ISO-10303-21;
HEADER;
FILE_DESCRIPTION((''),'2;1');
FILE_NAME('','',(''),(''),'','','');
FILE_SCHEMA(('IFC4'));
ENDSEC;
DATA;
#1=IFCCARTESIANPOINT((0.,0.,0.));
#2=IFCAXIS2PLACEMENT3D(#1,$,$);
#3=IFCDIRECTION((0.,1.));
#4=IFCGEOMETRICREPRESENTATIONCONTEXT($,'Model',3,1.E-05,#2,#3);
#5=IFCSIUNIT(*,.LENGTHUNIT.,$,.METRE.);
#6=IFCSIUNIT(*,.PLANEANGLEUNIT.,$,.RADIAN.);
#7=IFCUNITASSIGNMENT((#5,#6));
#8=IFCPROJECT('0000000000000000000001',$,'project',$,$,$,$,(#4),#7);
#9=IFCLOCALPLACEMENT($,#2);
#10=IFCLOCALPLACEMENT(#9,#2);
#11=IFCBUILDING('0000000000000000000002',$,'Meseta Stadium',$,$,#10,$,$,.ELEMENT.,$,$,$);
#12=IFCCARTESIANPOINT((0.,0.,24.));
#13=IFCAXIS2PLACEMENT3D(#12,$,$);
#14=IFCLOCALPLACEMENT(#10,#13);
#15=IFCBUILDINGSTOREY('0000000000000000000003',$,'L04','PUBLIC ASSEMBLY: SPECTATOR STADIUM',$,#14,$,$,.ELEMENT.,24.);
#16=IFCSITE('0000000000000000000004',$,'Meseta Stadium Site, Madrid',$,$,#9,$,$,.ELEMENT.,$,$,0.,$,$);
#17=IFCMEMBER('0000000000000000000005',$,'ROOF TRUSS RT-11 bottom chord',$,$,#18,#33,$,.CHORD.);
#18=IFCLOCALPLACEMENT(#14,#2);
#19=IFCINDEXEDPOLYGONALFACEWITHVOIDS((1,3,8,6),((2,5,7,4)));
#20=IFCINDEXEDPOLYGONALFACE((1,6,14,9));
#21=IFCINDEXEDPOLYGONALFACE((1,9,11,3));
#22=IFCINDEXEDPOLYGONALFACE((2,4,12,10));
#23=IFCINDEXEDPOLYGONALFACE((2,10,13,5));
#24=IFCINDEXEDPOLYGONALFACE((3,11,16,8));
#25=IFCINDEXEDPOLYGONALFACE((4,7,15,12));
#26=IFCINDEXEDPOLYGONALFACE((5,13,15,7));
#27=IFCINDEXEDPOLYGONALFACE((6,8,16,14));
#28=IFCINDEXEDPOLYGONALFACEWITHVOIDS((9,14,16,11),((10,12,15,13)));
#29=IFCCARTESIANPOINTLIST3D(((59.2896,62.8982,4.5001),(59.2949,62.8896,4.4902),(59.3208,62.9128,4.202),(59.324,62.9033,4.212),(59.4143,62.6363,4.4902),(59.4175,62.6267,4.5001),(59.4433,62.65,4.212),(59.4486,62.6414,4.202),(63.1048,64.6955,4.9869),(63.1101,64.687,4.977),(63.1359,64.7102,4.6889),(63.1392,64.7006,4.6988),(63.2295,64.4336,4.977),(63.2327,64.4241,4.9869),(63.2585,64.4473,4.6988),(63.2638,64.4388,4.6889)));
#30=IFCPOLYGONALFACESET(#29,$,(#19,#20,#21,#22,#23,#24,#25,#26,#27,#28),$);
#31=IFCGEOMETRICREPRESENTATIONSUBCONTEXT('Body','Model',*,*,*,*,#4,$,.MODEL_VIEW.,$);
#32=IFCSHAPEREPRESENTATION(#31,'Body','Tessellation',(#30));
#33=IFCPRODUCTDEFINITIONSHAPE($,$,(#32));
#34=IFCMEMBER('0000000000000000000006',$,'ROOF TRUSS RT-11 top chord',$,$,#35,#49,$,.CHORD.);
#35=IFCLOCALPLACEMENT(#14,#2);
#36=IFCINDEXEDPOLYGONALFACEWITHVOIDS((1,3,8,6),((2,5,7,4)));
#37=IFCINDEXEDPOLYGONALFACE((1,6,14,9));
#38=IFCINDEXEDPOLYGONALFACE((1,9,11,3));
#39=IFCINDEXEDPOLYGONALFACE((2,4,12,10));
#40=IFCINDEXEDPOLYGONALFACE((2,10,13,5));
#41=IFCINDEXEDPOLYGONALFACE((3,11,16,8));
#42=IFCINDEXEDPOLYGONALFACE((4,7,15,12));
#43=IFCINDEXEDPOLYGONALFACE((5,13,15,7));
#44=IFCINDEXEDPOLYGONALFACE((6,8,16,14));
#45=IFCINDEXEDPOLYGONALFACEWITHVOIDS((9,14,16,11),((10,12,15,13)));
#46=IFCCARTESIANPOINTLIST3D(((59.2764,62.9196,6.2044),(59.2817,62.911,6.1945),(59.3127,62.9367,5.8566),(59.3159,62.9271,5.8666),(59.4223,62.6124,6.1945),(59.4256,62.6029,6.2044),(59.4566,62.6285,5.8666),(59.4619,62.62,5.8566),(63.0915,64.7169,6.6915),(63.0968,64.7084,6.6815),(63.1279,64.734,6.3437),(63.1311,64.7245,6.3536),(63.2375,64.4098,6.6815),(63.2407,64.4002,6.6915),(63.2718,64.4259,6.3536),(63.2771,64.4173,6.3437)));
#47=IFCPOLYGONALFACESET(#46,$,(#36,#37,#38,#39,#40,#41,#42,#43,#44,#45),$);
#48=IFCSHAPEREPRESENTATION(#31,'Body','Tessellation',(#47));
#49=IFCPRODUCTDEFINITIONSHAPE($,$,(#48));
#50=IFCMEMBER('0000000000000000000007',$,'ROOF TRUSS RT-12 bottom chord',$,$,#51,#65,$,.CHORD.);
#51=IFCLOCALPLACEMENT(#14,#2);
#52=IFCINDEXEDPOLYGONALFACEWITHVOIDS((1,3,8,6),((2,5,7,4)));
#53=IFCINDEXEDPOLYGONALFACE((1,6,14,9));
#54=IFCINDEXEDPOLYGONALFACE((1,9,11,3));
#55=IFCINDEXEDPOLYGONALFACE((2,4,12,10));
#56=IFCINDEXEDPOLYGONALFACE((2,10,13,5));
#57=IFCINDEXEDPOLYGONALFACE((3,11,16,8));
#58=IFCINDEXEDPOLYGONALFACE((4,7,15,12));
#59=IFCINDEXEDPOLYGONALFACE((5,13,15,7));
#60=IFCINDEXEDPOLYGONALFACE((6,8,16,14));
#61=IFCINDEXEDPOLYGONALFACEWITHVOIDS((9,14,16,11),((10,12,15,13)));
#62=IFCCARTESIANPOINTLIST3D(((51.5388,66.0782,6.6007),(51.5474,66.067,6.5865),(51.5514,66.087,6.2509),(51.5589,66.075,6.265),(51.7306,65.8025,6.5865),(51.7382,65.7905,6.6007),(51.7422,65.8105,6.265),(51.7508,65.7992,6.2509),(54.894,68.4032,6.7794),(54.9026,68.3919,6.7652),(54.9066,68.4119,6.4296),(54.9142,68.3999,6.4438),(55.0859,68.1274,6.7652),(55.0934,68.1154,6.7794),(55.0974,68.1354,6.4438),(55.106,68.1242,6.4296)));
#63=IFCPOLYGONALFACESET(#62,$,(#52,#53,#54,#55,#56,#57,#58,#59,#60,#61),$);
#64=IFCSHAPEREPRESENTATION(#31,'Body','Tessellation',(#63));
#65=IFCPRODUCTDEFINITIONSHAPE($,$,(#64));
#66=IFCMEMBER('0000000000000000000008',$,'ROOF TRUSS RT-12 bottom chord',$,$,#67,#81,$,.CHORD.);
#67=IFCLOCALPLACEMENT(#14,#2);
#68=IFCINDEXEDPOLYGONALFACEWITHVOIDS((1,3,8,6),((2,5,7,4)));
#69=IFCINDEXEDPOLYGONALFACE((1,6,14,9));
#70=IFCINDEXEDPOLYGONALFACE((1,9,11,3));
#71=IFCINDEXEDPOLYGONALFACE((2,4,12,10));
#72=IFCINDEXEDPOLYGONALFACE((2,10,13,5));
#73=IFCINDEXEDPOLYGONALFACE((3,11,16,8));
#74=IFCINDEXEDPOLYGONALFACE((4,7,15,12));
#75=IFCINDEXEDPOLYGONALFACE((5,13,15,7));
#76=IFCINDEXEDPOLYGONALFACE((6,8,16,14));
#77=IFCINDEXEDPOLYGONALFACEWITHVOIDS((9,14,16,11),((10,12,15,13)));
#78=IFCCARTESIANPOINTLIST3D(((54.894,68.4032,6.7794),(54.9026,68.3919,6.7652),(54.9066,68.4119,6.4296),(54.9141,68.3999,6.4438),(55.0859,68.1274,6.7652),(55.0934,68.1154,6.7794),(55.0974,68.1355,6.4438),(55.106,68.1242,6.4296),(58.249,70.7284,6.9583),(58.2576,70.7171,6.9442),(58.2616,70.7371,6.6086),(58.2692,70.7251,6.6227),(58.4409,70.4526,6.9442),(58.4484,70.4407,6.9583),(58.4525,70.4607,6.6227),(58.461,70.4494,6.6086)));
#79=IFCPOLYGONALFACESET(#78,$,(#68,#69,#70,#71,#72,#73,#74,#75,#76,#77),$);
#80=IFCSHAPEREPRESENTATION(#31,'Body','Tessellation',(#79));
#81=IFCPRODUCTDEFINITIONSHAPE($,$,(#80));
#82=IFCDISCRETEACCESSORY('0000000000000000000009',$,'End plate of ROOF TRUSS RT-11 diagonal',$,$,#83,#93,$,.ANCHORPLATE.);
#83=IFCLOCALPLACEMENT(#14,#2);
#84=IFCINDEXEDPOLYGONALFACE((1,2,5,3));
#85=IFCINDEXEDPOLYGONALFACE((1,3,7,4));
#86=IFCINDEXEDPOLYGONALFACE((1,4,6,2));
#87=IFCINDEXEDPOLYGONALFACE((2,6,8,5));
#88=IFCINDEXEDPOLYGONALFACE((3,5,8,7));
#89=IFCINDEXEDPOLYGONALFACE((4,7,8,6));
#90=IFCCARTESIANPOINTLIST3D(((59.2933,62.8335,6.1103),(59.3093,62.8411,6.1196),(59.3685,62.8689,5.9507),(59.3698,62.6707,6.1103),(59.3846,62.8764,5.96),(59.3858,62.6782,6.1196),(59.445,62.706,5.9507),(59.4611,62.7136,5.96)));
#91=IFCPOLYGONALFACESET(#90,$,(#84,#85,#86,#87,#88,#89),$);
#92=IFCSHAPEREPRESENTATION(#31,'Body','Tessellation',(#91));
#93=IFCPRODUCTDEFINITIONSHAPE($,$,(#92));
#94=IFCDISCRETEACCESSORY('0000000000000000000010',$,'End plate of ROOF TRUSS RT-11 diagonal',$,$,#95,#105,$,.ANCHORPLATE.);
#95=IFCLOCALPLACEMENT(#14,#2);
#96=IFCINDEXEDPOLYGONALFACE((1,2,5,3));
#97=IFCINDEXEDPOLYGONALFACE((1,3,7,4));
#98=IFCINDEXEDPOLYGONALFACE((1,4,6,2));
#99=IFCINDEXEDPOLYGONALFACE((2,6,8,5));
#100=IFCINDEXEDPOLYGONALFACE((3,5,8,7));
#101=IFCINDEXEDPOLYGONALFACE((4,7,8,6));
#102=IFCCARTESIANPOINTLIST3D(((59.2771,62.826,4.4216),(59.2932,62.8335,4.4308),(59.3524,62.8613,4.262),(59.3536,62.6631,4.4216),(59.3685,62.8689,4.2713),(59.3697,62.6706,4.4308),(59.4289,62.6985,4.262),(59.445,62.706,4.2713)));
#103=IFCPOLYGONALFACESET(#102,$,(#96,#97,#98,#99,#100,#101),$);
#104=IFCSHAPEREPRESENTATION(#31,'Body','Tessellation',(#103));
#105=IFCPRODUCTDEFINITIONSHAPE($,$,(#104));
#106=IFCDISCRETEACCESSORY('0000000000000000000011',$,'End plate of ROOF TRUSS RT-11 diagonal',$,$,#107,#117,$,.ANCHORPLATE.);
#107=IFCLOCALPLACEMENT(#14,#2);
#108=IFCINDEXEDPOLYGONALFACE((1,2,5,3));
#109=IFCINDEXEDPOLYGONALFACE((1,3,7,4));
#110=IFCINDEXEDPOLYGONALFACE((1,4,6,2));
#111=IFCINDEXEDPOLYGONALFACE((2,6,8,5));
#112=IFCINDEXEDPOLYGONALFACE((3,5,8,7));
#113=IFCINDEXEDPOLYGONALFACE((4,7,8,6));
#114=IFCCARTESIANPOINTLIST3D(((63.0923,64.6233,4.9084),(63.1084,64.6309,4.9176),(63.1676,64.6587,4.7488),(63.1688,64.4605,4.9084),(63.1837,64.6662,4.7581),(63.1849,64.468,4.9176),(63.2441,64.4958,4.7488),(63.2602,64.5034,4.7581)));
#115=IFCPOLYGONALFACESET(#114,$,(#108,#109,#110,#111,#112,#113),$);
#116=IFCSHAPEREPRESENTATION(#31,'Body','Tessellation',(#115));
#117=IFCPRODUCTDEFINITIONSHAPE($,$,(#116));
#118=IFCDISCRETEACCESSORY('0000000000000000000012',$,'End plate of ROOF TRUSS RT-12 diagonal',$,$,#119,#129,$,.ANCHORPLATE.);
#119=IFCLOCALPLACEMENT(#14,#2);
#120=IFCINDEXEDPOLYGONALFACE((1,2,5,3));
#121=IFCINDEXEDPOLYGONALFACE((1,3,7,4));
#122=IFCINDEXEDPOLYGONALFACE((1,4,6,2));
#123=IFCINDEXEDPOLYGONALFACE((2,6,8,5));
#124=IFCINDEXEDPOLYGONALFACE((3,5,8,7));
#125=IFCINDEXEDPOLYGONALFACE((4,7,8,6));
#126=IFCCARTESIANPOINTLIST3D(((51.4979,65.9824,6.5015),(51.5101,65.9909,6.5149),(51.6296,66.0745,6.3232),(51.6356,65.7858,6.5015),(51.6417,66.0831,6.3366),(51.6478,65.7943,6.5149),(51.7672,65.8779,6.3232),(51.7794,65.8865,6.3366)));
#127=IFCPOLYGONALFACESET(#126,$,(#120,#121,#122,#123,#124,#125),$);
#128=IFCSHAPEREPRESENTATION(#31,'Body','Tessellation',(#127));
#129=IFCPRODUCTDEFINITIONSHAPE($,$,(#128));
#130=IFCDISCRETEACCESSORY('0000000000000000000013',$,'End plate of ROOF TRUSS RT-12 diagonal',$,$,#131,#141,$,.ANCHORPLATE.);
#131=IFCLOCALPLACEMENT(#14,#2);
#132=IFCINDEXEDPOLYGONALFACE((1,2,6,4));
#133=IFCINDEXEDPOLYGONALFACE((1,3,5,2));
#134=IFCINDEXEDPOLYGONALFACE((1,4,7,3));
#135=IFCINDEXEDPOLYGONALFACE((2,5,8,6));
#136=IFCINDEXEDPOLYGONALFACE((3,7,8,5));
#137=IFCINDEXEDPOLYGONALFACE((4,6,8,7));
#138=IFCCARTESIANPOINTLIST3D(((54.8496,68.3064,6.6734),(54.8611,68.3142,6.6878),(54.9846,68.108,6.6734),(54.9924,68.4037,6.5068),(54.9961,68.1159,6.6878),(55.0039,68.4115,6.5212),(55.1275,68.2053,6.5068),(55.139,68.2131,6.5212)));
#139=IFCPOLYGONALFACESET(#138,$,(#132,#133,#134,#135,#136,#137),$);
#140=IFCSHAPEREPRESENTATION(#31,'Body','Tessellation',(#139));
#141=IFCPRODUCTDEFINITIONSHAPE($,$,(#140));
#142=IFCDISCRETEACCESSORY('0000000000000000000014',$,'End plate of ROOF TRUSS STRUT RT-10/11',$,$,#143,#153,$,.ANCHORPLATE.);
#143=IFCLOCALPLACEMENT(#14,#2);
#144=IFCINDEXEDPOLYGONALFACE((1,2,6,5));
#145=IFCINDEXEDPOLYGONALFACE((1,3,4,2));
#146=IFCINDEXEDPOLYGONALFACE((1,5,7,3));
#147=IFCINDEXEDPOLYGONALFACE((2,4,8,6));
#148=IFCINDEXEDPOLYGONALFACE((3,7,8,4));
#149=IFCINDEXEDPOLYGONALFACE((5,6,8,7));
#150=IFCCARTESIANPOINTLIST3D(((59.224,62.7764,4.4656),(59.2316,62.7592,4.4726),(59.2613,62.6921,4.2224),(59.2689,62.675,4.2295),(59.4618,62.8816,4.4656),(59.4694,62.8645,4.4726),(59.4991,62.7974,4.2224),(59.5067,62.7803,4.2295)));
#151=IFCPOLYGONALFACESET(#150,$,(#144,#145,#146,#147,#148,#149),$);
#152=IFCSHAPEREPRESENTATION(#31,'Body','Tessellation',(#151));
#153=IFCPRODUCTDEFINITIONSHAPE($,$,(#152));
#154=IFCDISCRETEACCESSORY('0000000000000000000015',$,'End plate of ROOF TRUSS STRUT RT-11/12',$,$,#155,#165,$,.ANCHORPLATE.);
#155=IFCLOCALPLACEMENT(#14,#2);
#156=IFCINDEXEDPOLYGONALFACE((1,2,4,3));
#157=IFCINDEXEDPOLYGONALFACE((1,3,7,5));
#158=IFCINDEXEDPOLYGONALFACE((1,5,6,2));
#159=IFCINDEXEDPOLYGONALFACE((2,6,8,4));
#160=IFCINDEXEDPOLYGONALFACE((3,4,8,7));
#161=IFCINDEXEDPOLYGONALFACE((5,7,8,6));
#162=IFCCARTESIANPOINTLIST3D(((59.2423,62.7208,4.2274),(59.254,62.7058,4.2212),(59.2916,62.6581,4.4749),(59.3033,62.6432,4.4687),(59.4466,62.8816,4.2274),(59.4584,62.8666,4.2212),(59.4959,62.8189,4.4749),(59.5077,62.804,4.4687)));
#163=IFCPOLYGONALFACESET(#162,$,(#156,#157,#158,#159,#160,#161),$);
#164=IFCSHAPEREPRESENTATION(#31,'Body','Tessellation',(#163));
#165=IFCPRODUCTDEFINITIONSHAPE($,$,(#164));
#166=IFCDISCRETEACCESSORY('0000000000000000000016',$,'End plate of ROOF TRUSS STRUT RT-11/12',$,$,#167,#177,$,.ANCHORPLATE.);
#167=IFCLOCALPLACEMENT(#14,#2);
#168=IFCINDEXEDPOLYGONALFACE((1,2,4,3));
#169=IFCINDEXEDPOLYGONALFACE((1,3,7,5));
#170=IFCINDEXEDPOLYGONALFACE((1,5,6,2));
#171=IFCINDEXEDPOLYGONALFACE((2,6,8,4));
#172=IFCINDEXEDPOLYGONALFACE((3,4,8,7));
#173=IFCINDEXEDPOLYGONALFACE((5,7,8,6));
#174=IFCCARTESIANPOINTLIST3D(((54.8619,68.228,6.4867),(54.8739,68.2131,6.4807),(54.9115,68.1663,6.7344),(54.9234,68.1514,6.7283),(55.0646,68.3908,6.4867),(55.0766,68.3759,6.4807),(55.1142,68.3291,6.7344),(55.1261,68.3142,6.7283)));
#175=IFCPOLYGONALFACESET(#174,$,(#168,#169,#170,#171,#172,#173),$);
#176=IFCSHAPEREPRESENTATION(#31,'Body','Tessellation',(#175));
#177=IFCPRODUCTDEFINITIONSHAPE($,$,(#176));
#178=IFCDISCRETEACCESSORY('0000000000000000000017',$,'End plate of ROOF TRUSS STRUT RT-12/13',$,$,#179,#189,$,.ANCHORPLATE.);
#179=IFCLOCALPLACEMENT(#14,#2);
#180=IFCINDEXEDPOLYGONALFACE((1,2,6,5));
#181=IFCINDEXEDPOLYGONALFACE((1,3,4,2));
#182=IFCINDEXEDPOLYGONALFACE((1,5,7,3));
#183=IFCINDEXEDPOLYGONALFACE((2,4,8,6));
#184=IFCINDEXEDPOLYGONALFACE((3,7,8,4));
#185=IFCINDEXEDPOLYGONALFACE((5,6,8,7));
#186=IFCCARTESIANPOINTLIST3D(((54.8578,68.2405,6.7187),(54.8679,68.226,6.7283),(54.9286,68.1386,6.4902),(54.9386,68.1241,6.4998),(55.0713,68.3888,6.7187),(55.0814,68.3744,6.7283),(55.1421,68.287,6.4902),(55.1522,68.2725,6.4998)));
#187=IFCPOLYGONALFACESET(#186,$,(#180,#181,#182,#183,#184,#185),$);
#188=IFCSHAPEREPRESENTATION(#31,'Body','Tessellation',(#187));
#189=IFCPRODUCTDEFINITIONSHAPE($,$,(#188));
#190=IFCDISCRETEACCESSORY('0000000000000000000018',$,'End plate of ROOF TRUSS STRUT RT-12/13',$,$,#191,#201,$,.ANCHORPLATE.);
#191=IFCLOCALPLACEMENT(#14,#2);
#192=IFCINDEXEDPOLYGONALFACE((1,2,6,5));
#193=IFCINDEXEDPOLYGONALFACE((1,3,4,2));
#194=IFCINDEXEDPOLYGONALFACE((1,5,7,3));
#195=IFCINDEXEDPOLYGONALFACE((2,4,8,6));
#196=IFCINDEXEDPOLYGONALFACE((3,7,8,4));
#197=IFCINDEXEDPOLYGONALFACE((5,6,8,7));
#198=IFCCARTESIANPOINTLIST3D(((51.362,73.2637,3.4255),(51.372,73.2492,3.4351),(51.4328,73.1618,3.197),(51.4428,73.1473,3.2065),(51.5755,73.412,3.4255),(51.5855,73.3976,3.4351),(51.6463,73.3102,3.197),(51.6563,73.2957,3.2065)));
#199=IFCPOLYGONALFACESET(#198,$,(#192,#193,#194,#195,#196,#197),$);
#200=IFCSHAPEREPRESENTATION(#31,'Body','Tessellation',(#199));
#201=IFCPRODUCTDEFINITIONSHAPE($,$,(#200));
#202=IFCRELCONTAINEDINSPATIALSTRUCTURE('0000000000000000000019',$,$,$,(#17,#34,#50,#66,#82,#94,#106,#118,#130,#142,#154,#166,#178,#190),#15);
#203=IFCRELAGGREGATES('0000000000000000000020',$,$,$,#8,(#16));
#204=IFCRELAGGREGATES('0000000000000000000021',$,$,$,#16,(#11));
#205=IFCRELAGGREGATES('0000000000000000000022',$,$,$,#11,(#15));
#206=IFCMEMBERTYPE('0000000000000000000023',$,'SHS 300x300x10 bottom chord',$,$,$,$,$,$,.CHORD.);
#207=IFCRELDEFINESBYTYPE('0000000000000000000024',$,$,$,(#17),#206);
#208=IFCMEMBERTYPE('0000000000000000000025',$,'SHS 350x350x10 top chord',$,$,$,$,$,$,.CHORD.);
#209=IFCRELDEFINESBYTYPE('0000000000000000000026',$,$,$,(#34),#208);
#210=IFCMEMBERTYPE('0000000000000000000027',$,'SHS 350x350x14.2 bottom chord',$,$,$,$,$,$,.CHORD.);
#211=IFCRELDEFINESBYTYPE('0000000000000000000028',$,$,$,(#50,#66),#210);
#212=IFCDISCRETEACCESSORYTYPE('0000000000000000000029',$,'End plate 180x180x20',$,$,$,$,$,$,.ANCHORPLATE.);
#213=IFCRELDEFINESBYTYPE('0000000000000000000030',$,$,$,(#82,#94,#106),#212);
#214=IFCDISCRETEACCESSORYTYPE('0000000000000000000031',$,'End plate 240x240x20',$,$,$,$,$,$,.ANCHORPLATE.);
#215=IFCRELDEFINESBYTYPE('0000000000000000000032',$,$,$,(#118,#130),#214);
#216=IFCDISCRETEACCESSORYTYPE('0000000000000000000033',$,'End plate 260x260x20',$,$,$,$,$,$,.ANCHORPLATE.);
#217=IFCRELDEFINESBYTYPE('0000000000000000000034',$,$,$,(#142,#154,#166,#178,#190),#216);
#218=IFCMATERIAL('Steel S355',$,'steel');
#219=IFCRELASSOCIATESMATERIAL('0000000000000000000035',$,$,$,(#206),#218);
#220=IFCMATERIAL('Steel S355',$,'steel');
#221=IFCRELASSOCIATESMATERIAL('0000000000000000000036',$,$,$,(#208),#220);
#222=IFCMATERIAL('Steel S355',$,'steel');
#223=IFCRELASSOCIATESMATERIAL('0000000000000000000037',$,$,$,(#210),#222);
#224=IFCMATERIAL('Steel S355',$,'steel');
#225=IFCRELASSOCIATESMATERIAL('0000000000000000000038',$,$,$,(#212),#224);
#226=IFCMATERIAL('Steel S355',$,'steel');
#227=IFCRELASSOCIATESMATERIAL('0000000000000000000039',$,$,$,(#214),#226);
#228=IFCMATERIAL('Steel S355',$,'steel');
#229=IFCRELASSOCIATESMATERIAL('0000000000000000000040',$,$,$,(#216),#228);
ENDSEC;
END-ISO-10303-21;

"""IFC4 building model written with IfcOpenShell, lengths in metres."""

from ifc_helpers import new_model, si_unit, direction, frame, origin, origin_2d, place, context, subcontext, project, spatial, rectangle, hollow_rectangle, extrude, material, material_profile, profile_set, type_object, element, save


model = new_model("IFC4")

# Units and contexts
model_context = context("Model", 3, precision=1e-05, world=origin(), true_north=direction((0.0, 1.0)))
body_context = subcontext(model_context, "Body", "Model", "MODEL_VIEW")
ifc_project = project(units=[si_unit("LENGTHUNIT", "METRE"), si_unit("PLANEANGLEUNIT", "RADIAN")], contexts=[model_context])

# Site, building, storey
site_placement = place(None, origin())
site = spatial("IfcSite", under=ifc_project, at=site_placement, Name="Meseta Stadium Site, Madrid", CompositionType="ELEMENT", RefElevation=0.0)
building_placement = place(site_placement, origin())
building = spatial("IfcBuilding", under=site, at=building_placement, Name="Meseta Stadium", CompositionType="ELEMENT")
storey_placement = place(building_placement, frame((0.0, 0.0, 24.0)))
storey = spatial("IfcBuildingStorey", under=building, at=storey_placement, Name="L04", Description="PUBLIC ASSEMBLY: SPECTATOR STADIUM", CompositionType="ELEMENT", Elevation=24.0)

# Members
ifc_material_1 = material(Name="Steel S355", Category="steel")
ifc_material_profile_1 = material_profile(ifc_material_1, hollow_rectangle(XDim=0.3, YDim=0.3, WallThickness=0.01, at=origin_2d()), Name="SHS 300x300x10")
ifc_profile_set_1 = profile_set([ifc_material_profile_1], Name="Steel S355")
member_type_1 = type_object("IfcMemberType", Name="SHS 300x300x10 bottom chord", PredefinedType="CHORD", material=ifc_profile_set_1)
member_1_placement = place(storey_placement, frame((59.3691, 62.7698, 4.3511), z_axis=(0.89867, 0.42337, 0.11467), x_axis=(-0.426182, 0.904638, 0.0)))
element("IfcMember", 1, at=member_1_placement, inside=storey, type_object=member_type_1, Name="ROOF TRUSS RT-11 bottom chord", PredefinedType="CHORD", context=body_context, shape_type="SweptSolid", body=[
    extrude(hollow_rectangle(XDim=0.3, YDim=0.3, WallThickness=0.01, at=origin_2d()), origin(), (0.0, 0.0, 1.0), 4.2454),
])
ifc_material_2 = material(Name="Steel S355", Category="steel")
ifc_material_profile_2 = material_profile(ifc_material_2, hollow_rectangle(XDim=0.3501, YDim=0.3501, WallThickness=0.01, at=origin_2d()), Name="SHS 350x350x10")
ifc_profile_set_2 = profile_set([ifc_material_profile_2], Name="Steel S355")
member_type_2 = type_object("IfcMemberType", Name="SHS 350x350x10 top chord", PredefinedType="CHORD", material=ifc_profile_set_2)
member_2_placement = place(storey_placement, frame((59.3691, 62.7698, 6.0305), z_axis=(0.898664, 0.423368, 0.114727), x_axis=(-0.426182, 0.904638, 0.0)))
element("IfcMember", 2, at=member_2_placement, inside=storey, type_object=member_type_2, Name="ROOF TRUSS RT-11 top chord", PredefinedType="CHORD", context=body_context, shape_type="SweptSolid", body=[
    extrude(hollow_rectangle(XDim=0.3501, YDim=0.3501, WallThickness=0.01, at=origin_2d()), origin(), (0.0, 0.0, 1.0), 4.2454),
])
ifc_material_3 = material(Name="Steel S355", Category="steel")
ifc_material_profile_3 = material_profile(ifc_material_3, hollow_rectangle(XDim=0.3501, YDim=0.3501, WallThickness=0.0142, at=origin_2d()), Name="SHS 350x350x14.2")
ifc_profile_set_3 = profile_set([ifc_material_profile_3], Name="Steel S355")
member_type_3 = type_object("IfcMemberType", Name="SHS 350x350x14.2 bottom chord", PredefinedType="CHORD", material=ifc_profile_set_3)
for number, where, z_axis, x_axis, name in (
    (3, (51.6448, 65.9387, 6.4258), (0.821164, 0.569013, 0.043738), (-0.569558, 0.821951, 0.0), "ROOF TRUSS RT-12 bottom chord"),
    (4, (55.0, 68.2637, 6.6045), (0.821115, 0.56908, 0.043798), (-0.569627, 0.821904, 0.0), "ROOF TRUSS RT-12 bottom chord"),
):
    element("IfcMember", number, at=place(storey_placement, frame(where, z_axis=z_axis, x_axis=x_axis)), inside=storey, type_object=member_type_3, Name=name, PredefinedType="CHORD", context=body_context, shape_type="SweptSolid", body=[
        extrude(hollow_rectangle(XDim=0.3501, YDim=0.3501, WallThickness=0.0142, at=origin_2d()), origin(), (0.0, 0.0, 1.0), 4.0859),
    ])

# Discrete accessories
ifc_material_4 = material(Name="Steel S355", Category="steel")
ifc_material_profile_4 = material_profile(ifc_material_4, rectangle(XDim=0.1799, YDim=0.1799, at=origin_2d()), Name="PL 180x180")
ifc_profile_set_4 = profile_set([ifc_material_profile_4], Name="Steel S355")
discrete_accessory_type_1 = type_object("IfcDiscreteAccessoryType", Name="End plate 180x180x20", PredefinedType="ANCHORPLATE", material=ifc_profile_set_4)
for number, where, z_axis, x_axis, name in (
    (5, (59.3691, 62.7698, 6.0305), (0.802673, 0.377013, 0.462145), (-0.425136, 0.905129, 0.0), "End plate of ROOF TRUSS RT-11 diagonal"),
    (6, (59.353, 62.7622, 4.3418), (0.802673, 0.377013, 0.462145), (-0.425136, 0.905129, 0.0), "End plate of ROOF TRUSS RT-11 diagonal"),
    (7, (63.1682, 64.5596, 4.8286), (0.802673, 0.377013, 0.462145), (-0.425136, 0.905129, 0.0), "End plate of ROOF TRUSS RT-11 diagonal"),
):
    element("IfcDiscreteAccessory", number, at=place(storey_placement, frame(where, z_axis=z_axis, x_axis=x_axis)), inside=storey, type_object=discrete_accessory_type_1, Name=name, PredefinedType="ANCHORPLATE", context=body_context, shape_type="SweptSolid", body=[
        extrude(rectangle(XDim=0.1799, YDim=0.1799, at=origin_2d()), origin(), (0.0, 0.0, 1.0), 0.02),
    ])
ifc_material_5 = material(Name="Steel S355", Category="steel")
ifc_material_profile_5 = material_profile(ifc_material_5, rectangle(XDim=0.24, YDim=0.24, at=origin_2d()), Name="PL 240x240")
ifc_profile_set_5 = profile_set([ifc_material_profile_5], Name="Steel S355")
discrete_accessory_type_2 = type_object("IfcDiscreteAccessoryType", Name="End plate 240x240x20", PredefinedType="ANCHORPLATE", material=ifc_profile_set_5)
for number, where, z_axis, x_axis, name in (
    (8, (51.6326, 65.9302, 6.4124), (0.608581, 0.426006, 0.669439), (-0.573462, 0.819232, 0.0), "End plate of ROOF TRUSS RT-12 diagonal"),
    (9, (54.9885, 68.2559, 6.5901), (0.573597, 0.390534, 0.720048), (-0.562791, 0.826599, 0.0), "End plate of ROOF TRUSS RT-12 diagonal"),
):
    element("IfcDiscreteAccessory", number, at=place(storey_placement, frame(where, z_axis=z_axis, x_axis=x_axis)), inside=storey, type_object=discrete_accessory_type_2, Name=name, PredefinedType="ANCHORPLATE", context=body_context, shape_type="SweptSolid", body=[
        extrude(rectangle(XDim=0.24, YDim=0.24, at=origin_2d()), origin(), (0.0, 0.0, 1.0), 0.02),
    ])
ifc_material_6 = material(Name="Steel S355", Category="steel")
ifc_material_profile_6 = material_profile(ifc_material_6, rectangle(XDim=0.26, YDim=0.26, at=origin_2d()), Name="PL 260x260")
ifc_profile_set_6 = profile_set([ifc_material_profile_6], Name="Steel S355")
discrete_accessory_type_3 = type_object("IfcDiscreteAccessoryType", Name="End plate 260x260x20", PredefinedType="ANCHORPLATE", material=ifc_profile_set_6)
for number, where, z_axis, x_axis, name in (
    (10, (59.3691, 62.7698, 4.3511), (-0.378669, 0.855058, -0.354239), (-0.914349, -0.404926, 0.0), "End plate of ROOF TRUSS STRUT RT-10/11"),
    (11, (59.3809, 62.7549, 4.345), (-0.588614, 0.74803, 0.30657), (-0.785871, -0.61839, 0.0), "End plate of ROOF TRUSS STRUT RT-11/12"),
    (12, (55.0, 68.2637, 6.6045), (-0.596542, 0.742633, 0.304358), (-0.77962, -0.626252, 0.0), "End plate of ROOF TRUSS STRUT RT-11/12"),
    (13, (55.01, 68.2493, 6.614), (-0.501531, 0.721716, -0.477066), (-0.821189, -0.570657, 0.0), "End plate of ROOF TRUSS STRUT RT-12/13"),
    (14, (51.5142, 73.2725, 3.3208), (-0.501531, 0.721716, -0.477066), (-0.821189, -0.570657, 0.0), "End plate of ROOF TRUSS STRUT RT-12/13"),
):
    element("IfcDiscreteAccessory", number, at=place(storey_placement, frame(where, z_axis=z_axis, x_axis=x_axis)), inside=storey, type_object=discrete_accessory_type_3, Name=name, PredefinedType="ANCHORPLATE", context=body_context, shape_type="SweptSolid", body=[
        extrude(rectangle(XDim=0.26, YDim=0.26, at=origin_2d()), origin(), (0.0, 0.0, 1.0), 0.02),
    ])

save(model, "model.ifc")
